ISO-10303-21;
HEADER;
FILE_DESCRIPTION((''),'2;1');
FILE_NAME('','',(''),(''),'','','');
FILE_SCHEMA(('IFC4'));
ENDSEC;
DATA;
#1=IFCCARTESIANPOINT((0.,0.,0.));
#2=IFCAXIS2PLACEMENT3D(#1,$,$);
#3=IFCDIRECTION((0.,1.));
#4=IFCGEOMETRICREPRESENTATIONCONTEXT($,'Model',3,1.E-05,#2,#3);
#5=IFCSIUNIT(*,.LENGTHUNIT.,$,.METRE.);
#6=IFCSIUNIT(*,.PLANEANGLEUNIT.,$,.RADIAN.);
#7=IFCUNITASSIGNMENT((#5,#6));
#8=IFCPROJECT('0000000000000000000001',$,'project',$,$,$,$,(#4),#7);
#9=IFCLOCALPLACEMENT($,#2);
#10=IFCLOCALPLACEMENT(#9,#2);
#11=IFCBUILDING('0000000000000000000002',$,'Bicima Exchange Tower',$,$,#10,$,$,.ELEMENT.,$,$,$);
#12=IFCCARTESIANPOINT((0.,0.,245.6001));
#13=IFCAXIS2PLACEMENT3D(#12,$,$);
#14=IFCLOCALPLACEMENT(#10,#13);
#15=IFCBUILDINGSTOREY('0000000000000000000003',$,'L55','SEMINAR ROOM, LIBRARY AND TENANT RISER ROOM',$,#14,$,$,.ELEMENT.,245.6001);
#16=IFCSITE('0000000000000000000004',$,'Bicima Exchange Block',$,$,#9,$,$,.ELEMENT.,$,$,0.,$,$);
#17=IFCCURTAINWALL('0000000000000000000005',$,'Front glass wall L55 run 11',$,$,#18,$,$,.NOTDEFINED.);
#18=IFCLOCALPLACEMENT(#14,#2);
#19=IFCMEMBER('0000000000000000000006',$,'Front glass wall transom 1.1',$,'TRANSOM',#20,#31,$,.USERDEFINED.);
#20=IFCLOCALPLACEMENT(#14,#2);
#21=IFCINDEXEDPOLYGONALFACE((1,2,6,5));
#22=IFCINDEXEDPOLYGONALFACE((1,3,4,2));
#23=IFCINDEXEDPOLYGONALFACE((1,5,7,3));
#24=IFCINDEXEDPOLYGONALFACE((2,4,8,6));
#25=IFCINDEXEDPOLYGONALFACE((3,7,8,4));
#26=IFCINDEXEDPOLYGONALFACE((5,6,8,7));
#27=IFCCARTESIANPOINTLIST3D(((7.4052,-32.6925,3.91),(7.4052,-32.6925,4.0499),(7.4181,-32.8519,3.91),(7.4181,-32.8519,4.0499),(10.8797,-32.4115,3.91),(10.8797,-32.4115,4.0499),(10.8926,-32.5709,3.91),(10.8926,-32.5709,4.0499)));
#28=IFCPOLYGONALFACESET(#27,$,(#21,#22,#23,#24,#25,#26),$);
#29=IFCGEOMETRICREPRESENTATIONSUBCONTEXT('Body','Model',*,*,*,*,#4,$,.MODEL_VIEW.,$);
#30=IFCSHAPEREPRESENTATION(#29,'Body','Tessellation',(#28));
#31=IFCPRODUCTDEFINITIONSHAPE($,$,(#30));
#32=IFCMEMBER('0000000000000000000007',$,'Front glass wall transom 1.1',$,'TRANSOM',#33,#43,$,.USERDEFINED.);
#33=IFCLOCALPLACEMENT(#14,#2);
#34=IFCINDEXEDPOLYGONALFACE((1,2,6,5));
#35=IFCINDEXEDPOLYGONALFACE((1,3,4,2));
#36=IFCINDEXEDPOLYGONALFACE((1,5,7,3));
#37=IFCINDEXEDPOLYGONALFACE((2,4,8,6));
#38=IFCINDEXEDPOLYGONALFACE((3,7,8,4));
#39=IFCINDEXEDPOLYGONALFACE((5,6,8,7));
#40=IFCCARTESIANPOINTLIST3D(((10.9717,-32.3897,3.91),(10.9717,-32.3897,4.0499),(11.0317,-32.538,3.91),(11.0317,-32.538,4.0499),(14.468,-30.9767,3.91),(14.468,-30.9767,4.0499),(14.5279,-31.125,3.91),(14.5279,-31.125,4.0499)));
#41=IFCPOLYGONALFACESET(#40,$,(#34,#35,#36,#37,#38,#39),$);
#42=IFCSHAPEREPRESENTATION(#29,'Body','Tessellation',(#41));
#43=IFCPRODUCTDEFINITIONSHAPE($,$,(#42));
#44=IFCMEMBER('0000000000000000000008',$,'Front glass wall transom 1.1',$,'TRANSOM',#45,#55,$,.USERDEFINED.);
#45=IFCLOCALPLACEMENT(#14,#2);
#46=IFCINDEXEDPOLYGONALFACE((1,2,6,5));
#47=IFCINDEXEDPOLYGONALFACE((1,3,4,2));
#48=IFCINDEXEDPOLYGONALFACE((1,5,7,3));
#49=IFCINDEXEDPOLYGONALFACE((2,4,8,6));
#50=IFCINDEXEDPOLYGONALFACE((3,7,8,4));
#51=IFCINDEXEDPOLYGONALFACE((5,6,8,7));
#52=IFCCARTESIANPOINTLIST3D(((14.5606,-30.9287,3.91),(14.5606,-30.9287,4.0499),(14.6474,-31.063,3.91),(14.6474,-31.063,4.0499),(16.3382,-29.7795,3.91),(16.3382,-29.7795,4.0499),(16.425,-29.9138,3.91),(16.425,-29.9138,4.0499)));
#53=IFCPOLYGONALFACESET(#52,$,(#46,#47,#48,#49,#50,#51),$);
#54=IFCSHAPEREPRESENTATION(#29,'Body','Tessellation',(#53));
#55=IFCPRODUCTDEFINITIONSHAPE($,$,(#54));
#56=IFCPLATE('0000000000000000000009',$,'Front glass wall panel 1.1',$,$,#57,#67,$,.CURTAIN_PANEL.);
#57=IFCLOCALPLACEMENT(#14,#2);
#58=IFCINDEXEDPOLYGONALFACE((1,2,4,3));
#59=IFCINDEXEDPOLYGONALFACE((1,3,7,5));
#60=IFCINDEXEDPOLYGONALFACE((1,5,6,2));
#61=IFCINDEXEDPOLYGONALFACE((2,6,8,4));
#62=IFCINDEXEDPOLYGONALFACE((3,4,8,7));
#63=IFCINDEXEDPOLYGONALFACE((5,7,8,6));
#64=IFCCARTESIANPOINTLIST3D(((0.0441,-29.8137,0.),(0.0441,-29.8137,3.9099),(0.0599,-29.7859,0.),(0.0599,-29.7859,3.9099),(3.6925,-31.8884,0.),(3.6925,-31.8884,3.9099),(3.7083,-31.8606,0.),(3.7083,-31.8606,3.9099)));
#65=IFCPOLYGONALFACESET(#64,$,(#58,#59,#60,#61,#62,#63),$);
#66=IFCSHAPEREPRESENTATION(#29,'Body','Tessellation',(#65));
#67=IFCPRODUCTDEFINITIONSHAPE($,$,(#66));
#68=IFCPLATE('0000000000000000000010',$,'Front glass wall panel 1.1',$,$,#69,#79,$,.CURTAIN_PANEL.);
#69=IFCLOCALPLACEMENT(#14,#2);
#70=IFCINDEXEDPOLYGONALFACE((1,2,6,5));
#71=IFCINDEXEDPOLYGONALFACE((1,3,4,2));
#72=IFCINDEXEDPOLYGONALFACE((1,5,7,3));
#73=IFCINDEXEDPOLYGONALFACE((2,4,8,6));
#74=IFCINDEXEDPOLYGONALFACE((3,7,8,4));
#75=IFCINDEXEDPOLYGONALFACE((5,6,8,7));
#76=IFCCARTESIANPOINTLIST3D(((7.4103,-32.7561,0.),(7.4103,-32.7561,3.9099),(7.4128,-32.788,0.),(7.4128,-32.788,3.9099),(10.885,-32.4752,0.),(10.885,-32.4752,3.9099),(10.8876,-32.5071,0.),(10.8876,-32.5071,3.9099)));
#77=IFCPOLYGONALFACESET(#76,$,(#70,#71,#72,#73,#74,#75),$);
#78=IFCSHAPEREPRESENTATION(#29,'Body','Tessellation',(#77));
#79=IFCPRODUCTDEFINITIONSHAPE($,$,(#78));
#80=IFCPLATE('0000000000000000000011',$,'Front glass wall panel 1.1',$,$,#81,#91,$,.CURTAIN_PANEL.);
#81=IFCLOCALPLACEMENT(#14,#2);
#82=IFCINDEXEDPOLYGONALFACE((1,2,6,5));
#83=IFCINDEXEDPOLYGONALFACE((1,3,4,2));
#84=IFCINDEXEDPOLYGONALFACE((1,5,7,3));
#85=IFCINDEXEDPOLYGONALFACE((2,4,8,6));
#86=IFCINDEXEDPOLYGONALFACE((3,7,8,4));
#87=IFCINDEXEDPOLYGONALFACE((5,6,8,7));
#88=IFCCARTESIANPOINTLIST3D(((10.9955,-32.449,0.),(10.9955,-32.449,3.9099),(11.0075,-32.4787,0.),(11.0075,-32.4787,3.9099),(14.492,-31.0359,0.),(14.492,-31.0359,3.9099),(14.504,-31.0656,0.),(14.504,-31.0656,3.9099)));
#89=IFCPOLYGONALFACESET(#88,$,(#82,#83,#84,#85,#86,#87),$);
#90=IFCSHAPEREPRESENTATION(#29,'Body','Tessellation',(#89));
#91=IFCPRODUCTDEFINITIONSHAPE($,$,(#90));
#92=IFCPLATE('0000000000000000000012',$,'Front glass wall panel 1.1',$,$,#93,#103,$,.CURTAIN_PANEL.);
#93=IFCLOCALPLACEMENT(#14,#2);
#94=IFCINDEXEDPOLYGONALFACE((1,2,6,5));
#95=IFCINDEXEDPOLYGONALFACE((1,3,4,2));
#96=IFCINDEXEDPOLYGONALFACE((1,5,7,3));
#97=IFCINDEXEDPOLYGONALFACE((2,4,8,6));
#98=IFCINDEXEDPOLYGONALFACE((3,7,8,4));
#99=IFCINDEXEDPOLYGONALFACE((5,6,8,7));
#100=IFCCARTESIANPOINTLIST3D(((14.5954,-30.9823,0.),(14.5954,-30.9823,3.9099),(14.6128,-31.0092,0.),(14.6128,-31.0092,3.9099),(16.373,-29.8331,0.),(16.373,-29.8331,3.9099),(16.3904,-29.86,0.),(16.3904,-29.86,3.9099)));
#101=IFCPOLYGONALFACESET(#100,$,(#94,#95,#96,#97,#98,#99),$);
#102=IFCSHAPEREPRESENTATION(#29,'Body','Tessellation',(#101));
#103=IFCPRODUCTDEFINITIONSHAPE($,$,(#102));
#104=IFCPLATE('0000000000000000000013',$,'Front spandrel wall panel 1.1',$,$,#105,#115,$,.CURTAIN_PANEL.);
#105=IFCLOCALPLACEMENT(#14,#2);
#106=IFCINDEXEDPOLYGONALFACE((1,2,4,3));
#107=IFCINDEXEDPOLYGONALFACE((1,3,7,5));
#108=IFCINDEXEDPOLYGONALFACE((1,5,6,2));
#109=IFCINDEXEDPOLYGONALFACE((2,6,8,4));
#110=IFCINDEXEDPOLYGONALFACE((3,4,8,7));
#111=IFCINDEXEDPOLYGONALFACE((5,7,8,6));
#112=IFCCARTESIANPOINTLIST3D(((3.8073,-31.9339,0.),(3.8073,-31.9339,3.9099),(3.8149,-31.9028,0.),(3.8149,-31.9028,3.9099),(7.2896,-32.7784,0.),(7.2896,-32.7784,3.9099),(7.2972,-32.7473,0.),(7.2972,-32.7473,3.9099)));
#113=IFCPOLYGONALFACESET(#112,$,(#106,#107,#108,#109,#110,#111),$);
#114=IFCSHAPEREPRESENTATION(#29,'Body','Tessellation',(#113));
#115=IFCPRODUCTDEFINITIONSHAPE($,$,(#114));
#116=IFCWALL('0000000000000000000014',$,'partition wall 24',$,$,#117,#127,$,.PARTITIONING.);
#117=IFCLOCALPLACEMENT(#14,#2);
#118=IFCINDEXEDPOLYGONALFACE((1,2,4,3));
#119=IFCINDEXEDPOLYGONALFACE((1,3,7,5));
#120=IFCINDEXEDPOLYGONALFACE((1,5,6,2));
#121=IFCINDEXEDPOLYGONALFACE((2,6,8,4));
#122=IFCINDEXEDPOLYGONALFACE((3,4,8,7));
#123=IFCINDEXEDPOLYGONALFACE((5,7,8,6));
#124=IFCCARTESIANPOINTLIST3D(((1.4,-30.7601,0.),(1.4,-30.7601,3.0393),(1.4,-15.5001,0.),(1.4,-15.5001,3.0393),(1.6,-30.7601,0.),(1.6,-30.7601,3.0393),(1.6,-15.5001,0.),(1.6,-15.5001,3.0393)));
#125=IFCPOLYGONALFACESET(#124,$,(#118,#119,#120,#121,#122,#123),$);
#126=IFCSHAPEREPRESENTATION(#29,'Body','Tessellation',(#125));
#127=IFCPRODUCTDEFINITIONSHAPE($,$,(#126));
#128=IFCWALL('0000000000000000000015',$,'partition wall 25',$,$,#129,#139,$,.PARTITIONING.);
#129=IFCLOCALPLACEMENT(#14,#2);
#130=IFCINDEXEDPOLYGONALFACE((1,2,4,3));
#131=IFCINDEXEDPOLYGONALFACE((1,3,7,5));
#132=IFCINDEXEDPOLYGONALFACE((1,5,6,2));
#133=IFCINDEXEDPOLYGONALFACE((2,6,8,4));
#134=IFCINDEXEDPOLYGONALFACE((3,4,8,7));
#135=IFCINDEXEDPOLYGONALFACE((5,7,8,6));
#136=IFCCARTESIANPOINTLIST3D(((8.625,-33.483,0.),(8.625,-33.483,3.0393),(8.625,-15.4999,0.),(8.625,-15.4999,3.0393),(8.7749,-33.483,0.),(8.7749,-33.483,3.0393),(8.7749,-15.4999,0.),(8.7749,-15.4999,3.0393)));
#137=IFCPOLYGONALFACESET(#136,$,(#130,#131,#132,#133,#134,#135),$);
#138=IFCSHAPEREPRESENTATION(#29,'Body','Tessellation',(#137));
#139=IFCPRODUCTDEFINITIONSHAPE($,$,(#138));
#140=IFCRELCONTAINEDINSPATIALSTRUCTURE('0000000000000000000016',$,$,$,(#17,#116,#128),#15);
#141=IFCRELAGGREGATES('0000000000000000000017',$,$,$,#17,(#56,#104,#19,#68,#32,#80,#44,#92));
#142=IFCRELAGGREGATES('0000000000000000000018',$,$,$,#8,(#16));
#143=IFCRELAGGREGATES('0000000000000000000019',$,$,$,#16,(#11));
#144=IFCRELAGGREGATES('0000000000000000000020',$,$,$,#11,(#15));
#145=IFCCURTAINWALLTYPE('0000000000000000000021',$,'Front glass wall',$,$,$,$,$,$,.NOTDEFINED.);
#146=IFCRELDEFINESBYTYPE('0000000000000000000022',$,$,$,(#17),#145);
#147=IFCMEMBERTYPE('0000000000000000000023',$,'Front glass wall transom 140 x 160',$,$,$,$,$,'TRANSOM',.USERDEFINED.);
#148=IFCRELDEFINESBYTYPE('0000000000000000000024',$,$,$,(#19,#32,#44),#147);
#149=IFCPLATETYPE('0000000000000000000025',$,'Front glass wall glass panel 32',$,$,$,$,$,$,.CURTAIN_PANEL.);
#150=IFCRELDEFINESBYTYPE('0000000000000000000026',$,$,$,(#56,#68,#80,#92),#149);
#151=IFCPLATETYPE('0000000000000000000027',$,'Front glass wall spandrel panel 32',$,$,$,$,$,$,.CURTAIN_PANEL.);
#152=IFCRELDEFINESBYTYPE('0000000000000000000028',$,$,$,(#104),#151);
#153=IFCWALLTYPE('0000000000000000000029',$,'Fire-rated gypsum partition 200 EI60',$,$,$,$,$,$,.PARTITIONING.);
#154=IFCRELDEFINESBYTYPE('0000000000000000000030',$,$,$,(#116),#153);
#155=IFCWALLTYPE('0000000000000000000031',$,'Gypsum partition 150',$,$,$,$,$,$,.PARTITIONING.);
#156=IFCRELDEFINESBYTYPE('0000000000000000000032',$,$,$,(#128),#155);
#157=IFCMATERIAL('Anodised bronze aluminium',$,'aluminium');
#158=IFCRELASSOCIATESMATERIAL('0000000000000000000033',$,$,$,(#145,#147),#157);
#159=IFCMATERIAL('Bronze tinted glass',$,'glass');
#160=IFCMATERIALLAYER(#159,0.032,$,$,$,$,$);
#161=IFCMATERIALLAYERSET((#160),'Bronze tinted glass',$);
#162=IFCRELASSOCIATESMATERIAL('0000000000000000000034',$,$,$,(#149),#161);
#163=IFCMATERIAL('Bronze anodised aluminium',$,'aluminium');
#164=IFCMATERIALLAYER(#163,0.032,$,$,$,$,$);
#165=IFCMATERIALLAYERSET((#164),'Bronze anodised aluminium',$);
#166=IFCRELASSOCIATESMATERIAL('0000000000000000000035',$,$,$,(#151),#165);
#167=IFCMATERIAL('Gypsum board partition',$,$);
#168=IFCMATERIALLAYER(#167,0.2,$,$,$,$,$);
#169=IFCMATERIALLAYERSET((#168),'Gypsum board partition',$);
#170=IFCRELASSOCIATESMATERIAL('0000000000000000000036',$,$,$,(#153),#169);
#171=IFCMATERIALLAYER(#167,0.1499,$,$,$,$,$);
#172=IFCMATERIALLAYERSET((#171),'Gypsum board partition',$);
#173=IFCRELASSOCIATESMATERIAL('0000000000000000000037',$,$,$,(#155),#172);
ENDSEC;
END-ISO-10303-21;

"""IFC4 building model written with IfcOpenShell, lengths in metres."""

from ifc_helpers import new_model, si_unit, direction, frame, frame_2d, origin, origin_2d, place, context, subcontext, project, spatial, rectangle, extrude, material, layer, layer_set, material_profile, profile_set, type_object, element, aggregate, save


model = new_model("IFC4")

# Units and contexts
model_context = context("Model", 3, precision=1e-05, world=origin(), true_north=direction((0.0, 1.0)))
body_context = subcontext(model_context, "Body", "Model", "MODEL_VIEW")
ifc_project = project(units=[si_unit("LENGTHUNIT", "METRE"), si_unit("PLANEANGLEUNIT", "RADIAN")], contexts=[model_context])

# Site, building, storey
site_placement = place(None, origin())
site = spatial("IfcSite", under=ifc_project, at=site_placement, Name="Bicima Exchange Block", CompositionType="ELEMENT", RefElevation=0.0)
building_placement = place(site_placement, origin())
building = spatial("IfcBuilding", under=site, at=building_placement, Name="Bicima Exchange Tower", CompositionType="ELEMENT")
storey_placement = place(building_placement, frame((0.0, 0.0, 245.6001)))
storey = spatial("IfcBuildingStorey", under=building, at=storey_placement, Name="L55", Description="SEMINAR ROOM, LIBRARY AND TENANT RISER ROOM", CompositionType="ELEMENT", Elevation=245.6001)

# Curtain wall, members, plates
ifc_material_1 = material(Name="Anodised bronze aluminium", Category="aluminium")
curtain_wall_type = type_object("IfcCurtainWallType", Name="Front glass wall", PredefinedType="NOTDEFINED", material=ifc_material_1)
curtain_wall_placement = place(storey_placement, origin())
curtain_wall = element("IfcCurtainWall", 1, at=curtain_wall_placement, inside=storey, type_object=curtain_wall_type, Name="Front glass wall L55 run 11", PredefinedType="NOTDEFINED")
ifc_material_profile_1 = material_profile(ifc_material_1, rectangle(XDim=0.1599, YDim=0.1399, at=origin_2d()))
ifc_profile_set_1 = profile_set([ifc_material_profile_1], Name="Anodised bronze aluminium")
member_type_1 = type_object("IfcMemberType", Name="Front glass wall transom 140 x 160", ElementType="TRANSOM", PredefinedType="USERDEFINED", material=ifc_profile_set_1)
member_1_placement = place(storey_placement, frame((7.4116, -32.7722, 3.98), z_axis=(0.996746, 0.080611, 0.0), x_axis=(-0.080611, 0.996746, 0.0)))
member_1 = element("IfcMember", 2, at=member_1_placement, type_object=member_type_1, Name="Front glass wall transom 1.1", ObjectType="TRANSOM", PredefinedType="USERDEFINED", context=body_context, shape_type="SweptSolid", body=[
    extrude(rectangle(XDim=0.1599, YDim=0.1399, at=origin_2d()), origin(), (0.0, 0.0, 1.0), 3.4858),
])
member_2_placement = place(storey_placement, frame((11.0017, -32.4639, 3.98), z_axis=(0.92714, 0.374715, 0.0), x_axis=(-0.374715, 0.92714, 0.0)))
member_2 = element("IfcMember", 3, at=member_2_placement, type_object=member_type_1, Name="Front glass wall transom 1.1", ObjectType="TRANSOM", PredefinedType="USERDEFINED", context=body_context, shape_type="SweptSolid", body=[
    extrude(rectangle(XDim=0.1599, YDim=0.1399, at=origin_2d()), origin(), (0.0, 0.0, 1.0), 3.771),
])
member_3_placement = place(storey_placement, frame((14.604, -30.9958, 3.98), z_axis=(0.839793, 0.542907, 0.0), x_axis=(-0.542907, 0.839793, 0.0)))
member_3 = element("IfcMember", 4, at=member_3_placement, type_object=member_type_1, Name="Front glass wall transom 1.1", ObjectType="TRANSOM", PredefinedType="USERDEFINED", context=body_context, shape_type="SweptSolid", body=[
    extrude(rectangle(XDim=0.1599, YDim=0.1399, at=origin_2d()), origin(), (0.0, 0.0, 1.0), 2.1167),
])
ifc_material_2 = material(Name="Bronze tinted glass", Category="glass")
ifc_layer_1 = layer(ifc_material_2, 0.032)
ifc_layer_set_1 = layer_set([ifc_layer_1], Name="Bronze tinted glass")
plate_type_1 = type_object("IfcPlateType", Name="Front glass wall glass panel 32", PredefinedType="CURTAIN_PANEL", material=ifc_layer_set_1)
plate_1_placement = place(storey_placement, frame((1.8762, -30.8372, 0.0), z_axis=(0.0, 0.0, 1.0), x_axis=(0.869274, -0.49433, 0.0)))
plate_1 = element("IfcPlate", 5, at=plate_1_placement, type_object=plate_type_1, Name="Front glass wall panel 1.1", PredefinedType="CURTAIN_PANEL", context=body_context, shape_type="SweptSolid", body=[
    extrude(rectangle(XDim=4.197, YDim=0.032, at=origin_2d()), origin(), (0.0, 0.0, 1.0), 3.9099),
])
plate_2_placement = place(storey_placement, frame((9.1489, -32.6316, 0.0), z_axis=(0.0, 0.0, 1.0), x_axis=(0.996747, 0.080589, 0.0)))
plate_2 = element("IfcPlate", 6, at=plate_2_placement, type_object=plate_type_1, Name="Front glass wall panel 1.1", PredefinedType="CURTAIN_PANEL", context=body_context, shape_type="SweptSolid", body=[
    extrude(rectangle(XDim=3.4861, YDim=0.032, at=origin_2d()), origin(), (0.0, 0.0, 1.0), 3.9099),
])
plate_3_placement = place(storey_placement, frame((12.7498, -31.7573, 0.0), z_axis=(0.0, 0.0, 1.0), x_axis=(0.927144, 0.374705, 0.0)))
plate_3 = element("IfcPlate", 7, at=plate_3_placement, type_object=plate_type_1, Name="Front glass wall panel 1.1", PredefinedType="CURTAIN_PANEL", context=body_context, shape_type="SweptSolid", body=[
    extrude(rectangle(XDim=3.7712, YDim=0.032, at=origin_2d()), origin(), (0.0, 0.0, 1.0), 3.9099),
])
plate_4_placement = place(storey_placement, frame((15.4929, -30.4211, 0.0), z_axis=(0.0, 0.0, 1.0), x_axis=(0.839791, 0.542909, 0.0)))
plate_4 = element("IfcPlate", 8, at=plate_4_placement, type_object=plate_type_1, Name="Front glass wall panel 1.1", PredefinedType="CURTAIN_PANEL", context=body_context, shape_type="SweptSolid", body=[
    extrude(rectangle(XDim=2.1167, YDim=0.032, at=origin_2d()), origin(), (0.0, 0.0, 1.0), 3.9099),
])
ifc_material_3 = material(Name="Bronze anodised aluminium", Category="aluminium")
ifc_layer_2 = layer(ifc_material_3, 0.032)
ifc_layer_set_2 = layer_set([ifc_layer_2], Name="Bronze anodised aluminium")
plate_type_2 = type_object("IfcPlateType", Name="Front glass wall spandrel panel 32", PredefinedType="CURTAIN_PANEL", material=ifc_layer_set_2)
plate_5_placement = place(storey_placement, frame((5.5522, -32.3406, 0.0), z_axis=(0.0, 0.0, 1.0), x_axis=(0.97183, -0.235682, 0.0)))
plate_5 = element("IfcPlate", 9, at=plate_5_placement, type_object=plate_type_2, Name="Front spandrel wall panel 1.1", PredefinedType="CURTAIN_PANEL", context=body_context, shape_type="SweptSolid", body=[
    extrude(rectangle(XDim=3.5833, YDim=0.032, at=origin_2d()), origin(), (0.0, 0.0, 1.0), 3.9099),
])
aggregate(curtain_wall, [plate_1, plate_5, member_1, plate_2, member_2, plate_3, member_3, plate_4])

# Walls
ifc_material_4 = material(Name="Gypsum board partition")
ifc_layer_3 = layer(ifc_material_4, 0.2)
ifc_layer_set_3 = layer_set([ifc_layer_3], Name="Gypsum board partition")
wall_type_1 = type_object("IfcWallType", Name="Fire-rated gypsum partition 200 EI60", PredefinedType="PARTITIONING", material=ifc_layer_set_3)
wall_1_placement = place(storey_placement, frame((1.5, -30.76, 0.0), z_axis=(0.0, 0.0, 1.0), x_axis=(0.0, 1.0, 0.0)))
element("IfcWall", 10, at=wall_1_placement, inside=storey, type_object=wall_type_1, Name="partition wall 24", PredefinedType="PARTITIONING", context=body_context, shape_type="SweptSolid", body=[
    extrude(rectangle(XDim=15.26, YDim=0.2, at=frame_2d((7.6299, 0.0))), origin(), (0.0, 0.0, 1.0), 3.0393),
])
ifc_layer_4 = layer(ifc_material_4, 0.1499)
ifc_layer_set_4 = layer_set([ifc_layer_4], Name="Gypsum board partition")
wall_type_2 = type_object("IfcWallType", Name="Gypsum partition 150", PredefinedType="PARTITIONING", material=ifc_layer_set_4)
wall_2_placement = place(storey_placement, frame((8.7, -33.4832, 0.0), z_axis=(0.0, 0.0, 1.0), x_axis=(0.0, 1.0, 0.0)))
element("IfcWall", 11, at=wall_2_placement, inside=storey, type_object=wall_type_2, Name="partition wall 25", PredefinedType="PARTITIONING", context=body_context, shape_type="SweptSolid", body=[
    extrude(rectangle(XDim=17.9832, YDim=0.1499, at=frame_2d((8.9917, 0.0))), origin(), (0.0, 0.0, 1.0), 3.0393),
])

save(model, "model.ifc")
